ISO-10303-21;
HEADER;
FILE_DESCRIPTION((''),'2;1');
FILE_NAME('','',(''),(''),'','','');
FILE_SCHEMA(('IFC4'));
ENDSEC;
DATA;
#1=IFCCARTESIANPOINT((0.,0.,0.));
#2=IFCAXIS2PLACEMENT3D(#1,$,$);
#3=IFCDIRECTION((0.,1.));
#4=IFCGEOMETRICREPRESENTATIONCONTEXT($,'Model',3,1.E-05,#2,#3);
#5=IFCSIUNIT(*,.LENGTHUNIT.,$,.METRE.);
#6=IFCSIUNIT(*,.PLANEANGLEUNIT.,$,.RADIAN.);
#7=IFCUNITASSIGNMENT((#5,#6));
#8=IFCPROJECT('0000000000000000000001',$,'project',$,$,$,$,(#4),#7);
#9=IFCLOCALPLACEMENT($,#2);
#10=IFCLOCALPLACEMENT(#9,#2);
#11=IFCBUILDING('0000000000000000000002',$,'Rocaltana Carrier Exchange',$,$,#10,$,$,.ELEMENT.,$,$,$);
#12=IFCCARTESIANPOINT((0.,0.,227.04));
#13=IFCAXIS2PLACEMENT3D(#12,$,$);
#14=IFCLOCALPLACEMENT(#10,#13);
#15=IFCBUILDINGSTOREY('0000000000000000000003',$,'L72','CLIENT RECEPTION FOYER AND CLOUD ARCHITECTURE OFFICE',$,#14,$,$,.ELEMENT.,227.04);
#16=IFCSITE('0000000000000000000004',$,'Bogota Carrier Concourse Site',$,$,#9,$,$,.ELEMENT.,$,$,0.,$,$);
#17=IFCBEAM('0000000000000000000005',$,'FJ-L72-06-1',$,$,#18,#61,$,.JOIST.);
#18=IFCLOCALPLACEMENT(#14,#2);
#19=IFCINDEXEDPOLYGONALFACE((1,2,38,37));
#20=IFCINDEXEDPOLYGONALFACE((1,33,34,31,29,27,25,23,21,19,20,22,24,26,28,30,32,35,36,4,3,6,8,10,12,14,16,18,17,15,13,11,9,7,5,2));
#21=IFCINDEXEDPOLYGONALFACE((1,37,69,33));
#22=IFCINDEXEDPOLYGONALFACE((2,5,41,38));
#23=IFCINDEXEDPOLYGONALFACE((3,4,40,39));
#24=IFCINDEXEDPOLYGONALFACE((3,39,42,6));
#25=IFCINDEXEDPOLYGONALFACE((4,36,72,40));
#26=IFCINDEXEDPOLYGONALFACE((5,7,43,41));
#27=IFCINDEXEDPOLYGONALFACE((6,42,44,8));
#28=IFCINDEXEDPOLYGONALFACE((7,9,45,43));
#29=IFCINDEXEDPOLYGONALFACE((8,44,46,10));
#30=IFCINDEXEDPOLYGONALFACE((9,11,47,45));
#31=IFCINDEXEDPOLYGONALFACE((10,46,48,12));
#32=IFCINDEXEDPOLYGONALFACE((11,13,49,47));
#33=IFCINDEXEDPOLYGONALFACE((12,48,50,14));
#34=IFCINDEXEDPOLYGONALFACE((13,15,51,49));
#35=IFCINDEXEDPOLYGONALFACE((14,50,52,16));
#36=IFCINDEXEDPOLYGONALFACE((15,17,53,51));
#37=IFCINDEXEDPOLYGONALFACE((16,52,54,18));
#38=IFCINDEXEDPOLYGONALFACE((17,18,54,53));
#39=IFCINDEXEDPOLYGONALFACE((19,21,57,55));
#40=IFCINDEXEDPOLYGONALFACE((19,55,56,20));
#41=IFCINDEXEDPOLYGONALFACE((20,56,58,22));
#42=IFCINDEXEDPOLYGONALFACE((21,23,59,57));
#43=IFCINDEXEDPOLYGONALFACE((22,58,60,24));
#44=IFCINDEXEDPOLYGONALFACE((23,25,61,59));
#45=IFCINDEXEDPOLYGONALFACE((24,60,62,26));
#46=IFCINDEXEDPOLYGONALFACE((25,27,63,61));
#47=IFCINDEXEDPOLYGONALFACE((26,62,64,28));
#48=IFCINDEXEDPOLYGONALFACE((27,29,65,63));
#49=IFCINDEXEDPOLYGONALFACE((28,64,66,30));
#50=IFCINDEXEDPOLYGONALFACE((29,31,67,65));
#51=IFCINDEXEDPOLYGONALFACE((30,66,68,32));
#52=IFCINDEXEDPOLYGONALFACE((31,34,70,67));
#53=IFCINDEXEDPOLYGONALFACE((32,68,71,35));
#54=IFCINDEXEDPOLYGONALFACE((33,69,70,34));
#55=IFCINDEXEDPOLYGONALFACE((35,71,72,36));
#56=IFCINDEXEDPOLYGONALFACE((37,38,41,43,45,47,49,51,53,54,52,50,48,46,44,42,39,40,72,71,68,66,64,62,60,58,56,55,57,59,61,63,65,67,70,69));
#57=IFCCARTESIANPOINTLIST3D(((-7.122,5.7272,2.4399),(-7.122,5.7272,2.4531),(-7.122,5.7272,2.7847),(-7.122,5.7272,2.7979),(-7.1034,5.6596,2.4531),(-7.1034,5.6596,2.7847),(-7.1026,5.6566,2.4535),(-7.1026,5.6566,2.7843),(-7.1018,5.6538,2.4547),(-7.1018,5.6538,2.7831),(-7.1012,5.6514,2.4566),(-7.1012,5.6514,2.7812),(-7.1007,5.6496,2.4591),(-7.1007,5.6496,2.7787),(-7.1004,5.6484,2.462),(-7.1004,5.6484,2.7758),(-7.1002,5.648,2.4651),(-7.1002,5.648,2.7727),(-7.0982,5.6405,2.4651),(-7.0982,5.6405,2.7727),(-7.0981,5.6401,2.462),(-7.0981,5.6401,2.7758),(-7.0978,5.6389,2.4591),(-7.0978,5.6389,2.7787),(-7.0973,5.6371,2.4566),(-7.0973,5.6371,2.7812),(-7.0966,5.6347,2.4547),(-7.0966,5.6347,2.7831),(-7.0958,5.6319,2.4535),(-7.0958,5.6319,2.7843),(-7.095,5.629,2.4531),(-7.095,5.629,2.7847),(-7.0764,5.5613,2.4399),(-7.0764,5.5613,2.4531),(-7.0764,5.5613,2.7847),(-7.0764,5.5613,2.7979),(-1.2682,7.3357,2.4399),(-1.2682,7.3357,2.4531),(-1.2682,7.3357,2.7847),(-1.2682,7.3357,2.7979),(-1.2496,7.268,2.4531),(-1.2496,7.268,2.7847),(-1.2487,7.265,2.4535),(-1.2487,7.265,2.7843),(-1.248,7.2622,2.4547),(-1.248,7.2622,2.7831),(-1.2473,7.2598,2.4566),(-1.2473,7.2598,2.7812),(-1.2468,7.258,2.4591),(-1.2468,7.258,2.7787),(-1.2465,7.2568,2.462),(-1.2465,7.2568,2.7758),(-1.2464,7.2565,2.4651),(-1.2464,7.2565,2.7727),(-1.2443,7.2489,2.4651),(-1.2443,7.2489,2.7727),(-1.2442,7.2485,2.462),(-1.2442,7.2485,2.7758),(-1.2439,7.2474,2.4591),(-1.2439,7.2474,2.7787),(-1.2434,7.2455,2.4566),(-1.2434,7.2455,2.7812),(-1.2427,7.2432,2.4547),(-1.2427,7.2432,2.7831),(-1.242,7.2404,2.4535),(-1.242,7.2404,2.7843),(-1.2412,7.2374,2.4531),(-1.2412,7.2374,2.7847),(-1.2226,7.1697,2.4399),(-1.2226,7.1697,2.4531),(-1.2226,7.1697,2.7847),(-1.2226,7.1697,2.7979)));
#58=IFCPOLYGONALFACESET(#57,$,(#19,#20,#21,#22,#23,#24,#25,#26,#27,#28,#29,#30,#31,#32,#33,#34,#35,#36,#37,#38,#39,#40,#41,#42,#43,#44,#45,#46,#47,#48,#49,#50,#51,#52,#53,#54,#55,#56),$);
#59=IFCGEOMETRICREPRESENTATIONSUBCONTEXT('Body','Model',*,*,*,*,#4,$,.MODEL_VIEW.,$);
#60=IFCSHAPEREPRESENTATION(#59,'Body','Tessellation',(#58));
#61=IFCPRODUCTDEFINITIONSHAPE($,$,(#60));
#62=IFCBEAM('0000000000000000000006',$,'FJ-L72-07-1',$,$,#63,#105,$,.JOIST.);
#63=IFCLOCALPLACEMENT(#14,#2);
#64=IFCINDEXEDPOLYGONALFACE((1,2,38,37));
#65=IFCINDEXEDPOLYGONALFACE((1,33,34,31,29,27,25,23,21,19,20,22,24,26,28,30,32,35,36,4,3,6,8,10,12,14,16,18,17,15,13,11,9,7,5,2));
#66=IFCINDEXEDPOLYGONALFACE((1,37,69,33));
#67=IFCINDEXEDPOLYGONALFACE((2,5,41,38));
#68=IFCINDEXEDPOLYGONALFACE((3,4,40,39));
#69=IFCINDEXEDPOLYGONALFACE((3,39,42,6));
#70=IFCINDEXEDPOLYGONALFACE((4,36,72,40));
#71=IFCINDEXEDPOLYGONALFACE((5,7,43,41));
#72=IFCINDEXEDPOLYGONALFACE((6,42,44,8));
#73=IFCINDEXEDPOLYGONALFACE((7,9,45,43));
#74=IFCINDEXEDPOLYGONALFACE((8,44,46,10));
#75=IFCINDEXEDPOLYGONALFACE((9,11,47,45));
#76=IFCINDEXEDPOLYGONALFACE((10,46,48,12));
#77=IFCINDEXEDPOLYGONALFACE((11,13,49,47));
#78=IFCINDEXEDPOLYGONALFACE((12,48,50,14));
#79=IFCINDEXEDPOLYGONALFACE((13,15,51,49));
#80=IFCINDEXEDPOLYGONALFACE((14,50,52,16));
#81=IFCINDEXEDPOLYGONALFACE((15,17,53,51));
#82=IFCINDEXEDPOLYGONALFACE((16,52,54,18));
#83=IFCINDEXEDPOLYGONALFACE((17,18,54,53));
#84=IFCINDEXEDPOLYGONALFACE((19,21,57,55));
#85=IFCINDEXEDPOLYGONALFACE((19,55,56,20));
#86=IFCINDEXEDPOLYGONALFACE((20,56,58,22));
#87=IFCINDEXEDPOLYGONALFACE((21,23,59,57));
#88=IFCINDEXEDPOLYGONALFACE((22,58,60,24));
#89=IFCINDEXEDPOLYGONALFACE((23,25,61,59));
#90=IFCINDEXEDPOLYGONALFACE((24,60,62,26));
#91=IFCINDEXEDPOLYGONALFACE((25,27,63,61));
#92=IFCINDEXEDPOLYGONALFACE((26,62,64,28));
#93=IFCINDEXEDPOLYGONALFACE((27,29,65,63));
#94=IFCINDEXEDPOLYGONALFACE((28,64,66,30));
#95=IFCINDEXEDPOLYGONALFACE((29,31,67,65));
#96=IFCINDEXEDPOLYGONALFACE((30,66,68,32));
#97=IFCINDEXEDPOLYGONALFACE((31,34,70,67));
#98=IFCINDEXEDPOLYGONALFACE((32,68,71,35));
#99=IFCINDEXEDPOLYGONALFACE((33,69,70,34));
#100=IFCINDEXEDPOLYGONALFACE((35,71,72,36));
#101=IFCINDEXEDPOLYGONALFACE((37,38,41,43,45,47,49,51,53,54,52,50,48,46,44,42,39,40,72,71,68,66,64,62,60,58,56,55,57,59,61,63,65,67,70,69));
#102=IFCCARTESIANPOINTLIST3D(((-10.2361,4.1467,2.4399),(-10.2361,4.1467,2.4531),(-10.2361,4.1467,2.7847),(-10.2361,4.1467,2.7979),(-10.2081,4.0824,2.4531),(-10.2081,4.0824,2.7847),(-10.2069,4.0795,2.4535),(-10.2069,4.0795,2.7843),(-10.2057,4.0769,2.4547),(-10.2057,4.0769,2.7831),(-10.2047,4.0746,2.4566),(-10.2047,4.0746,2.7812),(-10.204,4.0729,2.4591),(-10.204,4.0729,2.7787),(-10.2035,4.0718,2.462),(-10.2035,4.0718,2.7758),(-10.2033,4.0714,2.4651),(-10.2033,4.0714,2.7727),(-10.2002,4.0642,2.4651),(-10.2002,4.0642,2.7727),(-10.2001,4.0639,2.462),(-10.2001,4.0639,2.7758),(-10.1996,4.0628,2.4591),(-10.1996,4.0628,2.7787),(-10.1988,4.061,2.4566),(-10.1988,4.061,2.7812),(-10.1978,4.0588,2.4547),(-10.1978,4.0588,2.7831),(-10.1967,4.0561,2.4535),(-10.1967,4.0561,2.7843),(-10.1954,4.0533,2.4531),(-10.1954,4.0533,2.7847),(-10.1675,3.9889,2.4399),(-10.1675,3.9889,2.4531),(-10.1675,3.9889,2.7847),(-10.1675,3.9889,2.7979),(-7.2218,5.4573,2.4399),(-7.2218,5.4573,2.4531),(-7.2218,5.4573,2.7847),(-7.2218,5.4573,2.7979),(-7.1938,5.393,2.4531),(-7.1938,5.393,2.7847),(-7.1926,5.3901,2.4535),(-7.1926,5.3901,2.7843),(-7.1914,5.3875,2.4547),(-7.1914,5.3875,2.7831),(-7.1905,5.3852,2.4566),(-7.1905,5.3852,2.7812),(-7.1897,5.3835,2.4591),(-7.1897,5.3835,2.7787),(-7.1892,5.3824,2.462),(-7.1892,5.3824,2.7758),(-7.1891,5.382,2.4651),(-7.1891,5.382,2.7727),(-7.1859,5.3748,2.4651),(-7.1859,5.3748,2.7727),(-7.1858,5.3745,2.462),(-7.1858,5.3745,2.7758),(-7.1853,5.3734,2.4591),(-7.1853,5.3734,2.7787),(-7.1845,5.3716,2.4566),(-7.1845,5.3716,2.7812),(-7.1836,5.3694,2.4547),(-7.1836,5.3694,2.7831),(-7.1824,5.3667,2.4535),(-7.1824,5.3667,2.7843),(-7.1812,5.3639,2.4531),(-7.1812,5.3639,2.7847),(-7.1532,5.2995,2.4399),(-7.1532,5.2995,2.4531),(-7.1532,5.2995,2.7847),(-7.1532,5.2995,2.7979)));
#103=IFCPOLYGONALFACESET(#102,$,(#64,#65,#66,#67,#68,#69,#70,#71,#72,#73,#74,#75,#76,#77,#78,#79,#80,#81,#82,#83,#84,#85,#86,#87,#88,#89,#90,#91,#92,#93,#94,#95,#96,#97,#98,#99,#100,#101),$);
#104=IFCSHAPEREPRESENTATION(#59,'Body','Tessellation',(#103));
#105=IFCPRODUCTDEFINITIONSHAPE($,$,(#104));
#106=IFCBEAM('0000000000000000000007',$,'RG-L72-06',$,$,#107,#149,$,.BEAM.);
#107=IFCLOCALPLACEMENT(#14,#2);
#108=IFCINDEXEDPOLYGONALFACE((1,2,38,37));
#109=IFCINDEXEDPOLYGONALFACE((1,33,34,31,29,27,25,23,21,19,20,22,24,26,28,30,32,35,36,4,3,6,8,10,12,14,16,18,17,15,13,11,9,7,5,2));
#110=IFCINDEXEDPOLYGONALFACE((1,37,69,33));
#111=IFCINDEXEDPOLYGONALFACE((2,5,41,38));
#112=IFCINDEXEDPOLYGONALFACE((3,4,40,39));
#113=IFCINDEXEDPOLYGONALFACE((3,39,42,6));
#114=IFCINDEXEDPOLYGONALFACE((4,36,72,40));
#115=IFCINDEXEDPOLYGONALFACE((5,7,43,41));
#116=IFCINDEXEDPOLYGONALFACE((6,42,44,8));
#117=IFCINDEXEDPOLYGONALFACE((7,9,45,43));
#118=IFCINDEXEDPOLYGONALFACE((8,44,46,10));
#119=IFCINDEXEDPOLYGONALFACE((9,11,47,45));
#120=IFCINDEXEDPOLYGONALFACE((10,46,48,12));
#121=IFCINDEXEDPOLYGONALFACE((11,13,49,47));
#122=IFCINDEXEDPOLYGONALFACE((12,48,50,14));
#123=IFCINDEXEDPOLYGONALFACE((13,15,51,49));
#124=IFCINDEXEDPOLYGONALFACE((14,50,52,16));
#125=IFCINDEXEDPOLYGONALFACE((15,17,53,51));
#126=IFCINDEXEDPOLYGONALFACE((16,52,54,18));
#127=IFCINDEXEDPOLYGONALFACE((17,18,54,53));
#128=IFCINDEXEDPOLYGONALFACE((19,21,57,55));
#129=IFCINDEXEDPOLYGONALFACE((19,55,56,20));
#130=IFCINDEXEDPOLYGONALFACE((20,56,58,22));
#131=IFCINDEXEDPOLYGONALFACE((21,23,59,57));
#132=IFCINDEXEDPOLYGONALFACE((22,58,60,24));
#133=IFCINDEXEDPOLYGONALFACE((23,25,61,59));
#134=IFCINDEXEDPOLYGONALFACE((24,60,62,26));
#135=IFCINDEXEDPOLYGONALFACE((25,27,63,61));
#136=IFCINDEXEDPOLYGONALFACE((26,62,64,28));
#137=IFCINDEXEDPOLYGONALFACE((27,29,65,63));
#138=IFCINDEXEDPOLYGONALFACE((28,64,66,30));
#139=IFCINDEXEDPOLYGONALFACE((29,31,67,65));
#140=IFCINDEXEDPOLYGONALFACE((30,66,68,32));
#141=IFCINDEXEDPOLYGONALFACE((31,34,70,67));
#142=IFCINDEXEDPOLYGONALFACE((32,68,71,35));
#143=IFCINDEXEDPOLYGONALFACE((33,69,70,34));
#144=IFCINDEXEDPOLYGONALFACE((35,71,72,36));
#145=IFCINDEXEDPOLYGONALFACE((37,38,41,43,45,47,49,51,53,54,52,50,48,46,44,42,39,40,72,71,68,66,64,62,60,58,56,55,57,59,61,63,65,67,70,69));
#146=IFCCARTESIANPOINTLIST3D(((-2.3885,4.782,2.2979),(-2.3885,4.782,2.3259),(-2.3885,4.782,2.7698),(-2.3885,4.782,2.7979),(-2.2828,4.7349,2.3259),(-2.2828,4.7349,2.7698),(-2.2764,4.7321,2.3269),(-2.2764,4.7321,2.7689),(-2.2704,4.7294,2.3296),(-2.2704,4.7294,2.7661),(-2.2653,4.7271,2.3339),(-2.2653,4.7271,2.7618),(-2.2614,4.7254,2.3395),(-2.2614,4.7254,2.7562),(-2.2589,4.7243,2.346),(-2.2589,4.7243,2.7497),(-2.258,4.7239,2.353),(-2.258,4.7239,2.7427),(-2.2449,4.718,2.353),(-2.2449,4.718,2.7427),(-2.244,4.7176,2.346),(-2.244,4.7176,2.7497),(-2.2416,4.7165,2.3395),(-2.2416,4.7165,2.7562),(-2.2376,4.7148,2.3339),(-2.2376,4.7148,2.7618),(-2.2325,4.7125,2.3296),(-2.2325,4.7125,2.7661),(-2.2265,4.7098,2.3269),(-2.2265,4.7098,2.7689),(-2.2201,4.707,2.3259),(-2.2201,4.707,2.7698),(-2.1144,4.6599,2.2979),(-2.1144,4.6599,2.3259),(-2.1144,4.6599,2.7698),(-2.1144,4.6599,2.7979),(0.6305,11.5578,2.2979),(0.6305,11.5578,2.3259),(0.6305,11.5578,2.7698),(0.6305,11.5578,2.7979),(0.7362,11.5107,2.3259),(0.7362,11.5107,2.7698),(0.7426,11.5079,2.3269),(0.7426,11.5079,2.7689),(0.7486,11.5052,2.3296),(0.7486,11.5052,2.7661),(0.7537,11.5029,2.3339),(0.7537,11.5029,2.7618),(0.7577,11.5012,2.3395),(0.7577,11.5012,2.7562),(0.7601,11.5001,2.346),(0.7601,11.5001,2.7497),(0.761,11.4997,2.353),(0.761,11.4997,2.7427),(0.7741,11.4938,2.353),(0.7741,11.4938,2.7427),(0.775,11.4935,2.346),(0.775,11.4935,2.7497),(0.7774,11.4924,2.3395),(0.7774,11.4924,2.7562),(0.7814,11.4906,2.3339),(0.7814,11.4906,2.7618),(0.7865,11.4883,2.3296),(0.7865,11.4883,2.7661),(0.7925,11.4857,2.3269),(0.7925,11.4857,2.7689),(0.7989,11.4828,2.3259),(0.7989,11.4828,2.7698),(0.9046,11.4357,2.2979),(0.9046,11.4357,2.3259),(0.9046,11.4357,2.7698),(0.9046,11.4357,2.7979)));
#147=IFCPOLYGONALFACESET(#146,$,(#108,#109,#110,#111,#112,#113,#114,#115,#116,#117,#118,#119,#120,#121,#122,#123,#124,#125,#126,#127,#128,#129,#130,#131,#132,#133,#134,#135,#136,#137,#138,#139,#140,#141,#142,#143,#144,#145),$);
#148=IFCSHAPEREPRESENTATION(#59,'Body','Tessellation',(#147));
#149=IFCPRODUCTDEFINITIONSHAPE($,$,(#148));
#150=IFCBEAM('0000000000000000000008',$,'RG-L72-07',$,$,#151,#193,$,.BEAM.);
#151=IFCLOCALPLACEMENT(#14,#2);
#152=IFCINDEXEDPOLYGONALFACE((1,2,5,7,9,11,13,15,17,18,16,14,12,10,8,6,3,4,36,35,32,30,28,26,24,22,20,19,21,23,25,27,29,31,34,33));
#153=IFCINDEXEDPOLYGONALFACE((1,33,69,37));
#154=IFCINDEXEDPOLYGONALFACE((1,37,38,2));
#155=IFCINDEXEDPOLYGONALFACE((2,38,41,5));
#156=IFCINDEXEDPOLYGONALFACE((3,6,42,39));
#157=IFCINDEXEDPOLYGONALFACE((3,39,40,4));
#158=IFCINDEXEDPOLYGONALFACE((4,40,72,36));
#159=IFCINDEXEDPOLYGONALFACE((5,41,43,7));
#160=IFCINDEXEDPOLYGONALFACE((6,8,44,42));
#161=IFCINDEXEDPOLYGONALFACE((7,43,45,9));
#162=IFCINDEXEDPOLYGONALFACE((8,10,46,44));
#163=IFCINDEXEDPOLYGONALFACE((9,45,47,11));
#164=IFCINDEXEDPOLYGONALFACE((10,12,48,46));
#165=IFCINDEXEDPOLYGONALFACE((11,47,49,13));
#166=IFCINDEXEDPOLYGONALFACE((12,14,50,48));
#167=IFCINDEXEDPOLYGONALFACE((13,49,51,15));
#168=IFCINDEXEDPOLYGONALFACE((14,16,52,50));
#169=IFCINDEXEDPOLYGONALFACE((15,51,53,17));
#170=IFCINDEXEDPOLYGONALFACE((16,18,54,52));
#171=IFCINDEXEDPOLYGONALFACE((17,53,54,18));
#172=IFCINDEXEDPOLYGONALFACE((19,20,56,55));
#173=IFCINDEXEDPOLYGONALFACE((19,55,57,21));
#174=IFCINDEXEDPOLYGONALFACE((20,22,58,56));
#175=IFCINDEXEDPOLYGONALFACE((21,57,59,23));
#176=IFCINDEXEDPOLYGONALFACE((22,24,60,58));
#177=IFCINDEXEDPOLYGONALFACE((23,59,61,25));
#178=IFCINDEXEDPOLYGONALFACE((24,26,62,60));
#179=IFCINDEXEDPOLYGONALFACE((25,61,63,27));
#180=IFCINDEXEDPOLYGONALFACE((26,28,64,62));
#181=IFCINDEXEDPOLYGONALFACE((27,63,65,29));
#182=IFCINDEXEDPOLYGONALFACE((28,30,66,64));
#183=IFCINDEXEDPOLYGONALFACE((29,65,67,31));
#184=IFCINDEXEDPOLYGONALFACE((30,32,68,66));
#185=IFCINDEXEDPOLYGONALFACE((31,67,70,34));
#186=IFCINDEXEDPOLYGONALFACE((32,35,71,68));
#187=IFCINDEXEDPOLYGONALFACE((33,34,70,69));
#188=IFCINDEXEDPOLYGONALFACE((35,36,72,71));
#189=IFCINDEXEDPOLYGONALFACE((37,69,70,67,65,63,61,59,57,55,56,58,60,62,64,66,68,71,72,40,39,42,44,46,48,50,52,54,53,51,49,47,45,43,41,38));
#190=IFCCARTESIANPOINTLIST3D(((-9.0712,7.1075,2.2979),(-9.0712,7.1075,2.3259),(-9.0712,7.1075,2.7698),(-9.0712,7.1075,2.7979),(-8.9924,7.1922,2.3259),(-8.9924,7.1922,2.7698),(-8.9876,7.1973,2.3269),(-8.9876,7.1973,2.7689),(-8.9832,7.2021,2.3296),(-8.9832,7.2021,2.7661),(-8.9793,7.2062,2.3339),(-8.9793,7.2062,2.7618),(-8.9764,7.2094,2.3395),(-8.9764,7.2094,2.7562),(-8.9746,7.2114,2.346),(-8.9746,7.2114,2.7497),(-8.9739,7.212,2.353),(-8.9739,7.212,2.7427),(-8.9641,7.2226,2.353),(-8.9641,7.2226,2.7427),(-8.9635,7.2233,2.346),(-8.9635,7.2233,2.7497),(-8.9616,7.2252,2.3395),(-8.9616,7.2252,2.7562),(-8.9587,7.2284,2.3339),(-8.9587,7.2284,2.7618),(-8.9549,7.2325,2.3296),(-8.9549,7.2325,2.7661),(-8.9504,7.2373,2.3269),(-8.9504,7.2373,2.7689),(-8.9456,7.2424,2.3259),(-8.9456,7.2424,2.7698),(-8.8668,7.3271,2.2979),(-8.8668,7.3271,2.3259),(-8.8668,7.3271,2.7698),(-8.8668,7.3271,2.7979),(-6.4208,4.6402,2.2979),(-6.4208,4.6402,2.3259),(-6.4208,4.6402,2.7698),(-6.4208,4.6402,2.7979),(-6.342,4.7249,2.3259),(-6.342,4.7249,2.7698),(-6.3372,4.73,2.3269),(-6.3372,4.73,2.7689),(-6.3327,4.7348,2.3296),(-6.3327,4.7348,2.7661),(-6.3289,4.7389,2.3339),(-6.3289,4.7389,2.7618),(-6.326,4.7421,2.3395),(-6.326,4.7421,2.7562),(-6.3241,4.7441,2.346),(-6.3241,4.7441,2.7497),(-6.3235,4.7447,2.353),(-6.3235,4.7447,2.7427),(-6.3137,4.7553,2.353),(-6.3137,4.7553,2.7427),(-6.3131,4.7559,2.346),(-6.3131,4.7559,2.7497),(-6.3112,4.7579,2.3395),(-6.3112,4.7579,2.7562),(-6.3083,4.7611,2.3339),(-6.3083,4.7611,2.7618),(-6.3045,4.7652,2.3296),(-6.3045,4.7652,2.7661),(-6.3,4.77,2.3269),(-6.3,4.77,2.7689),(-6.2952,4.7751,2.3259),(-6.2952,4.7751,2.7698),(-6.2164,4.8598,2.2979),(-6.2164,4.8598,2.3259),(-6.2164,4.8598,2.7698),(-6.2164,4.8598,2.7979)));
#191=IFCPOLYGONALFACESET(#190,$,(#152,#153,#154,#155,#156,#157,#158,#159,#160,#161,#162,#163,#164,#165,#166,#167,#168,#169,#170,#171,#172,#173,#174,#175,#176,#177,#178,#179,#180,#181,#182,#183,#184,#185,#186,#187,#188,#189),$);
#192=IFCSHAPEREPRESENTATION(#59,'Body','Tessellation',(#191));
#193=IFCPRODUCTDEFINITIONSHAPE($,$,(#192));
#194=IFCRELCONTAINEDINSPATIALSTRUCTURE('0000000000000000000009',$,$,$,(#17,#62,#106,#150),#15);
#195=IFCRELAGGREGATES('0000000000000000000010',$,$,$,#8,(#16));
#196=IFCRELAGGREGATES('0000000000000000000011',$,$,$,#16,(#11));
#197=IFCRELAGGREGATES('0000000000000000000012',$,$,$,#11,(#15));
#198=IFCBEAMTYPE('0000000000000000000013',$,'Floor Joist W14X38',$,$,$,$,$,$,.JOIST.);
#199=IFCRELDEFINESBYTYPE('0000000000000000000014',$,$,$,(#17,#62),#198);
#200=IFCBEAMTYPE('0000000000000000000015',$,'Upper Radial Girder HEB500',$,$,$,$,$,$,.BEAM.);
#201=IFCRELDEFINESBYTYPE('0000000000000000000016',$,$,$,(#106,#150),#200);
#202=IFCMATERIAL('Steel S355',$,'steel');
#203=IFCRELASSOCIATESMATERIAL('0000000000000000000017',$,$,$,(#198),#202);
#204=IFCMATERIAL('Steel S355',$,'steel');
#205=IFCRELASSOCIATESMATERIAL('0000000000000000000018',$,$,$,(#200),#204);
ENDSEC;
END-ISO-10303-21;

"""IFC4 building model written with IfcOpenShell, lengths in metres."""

from ifc_helpers import new_model, si_unit, direction, frame, origin, origin_2d, place, context, subcontext, project, spatial, i_section, extrude, material, material_profile, profile_set, type_object, element, save


model = new_model("IFC4")

# Units and contexts
model_context = context("Model", 3, precision=1e-05, world=origin(), true_north=direction((0.0, 1.0)))
body_context = subcontext(model_context, "Body", "Model", "MODEL_VIEW")
ifc_project = project(units=[si_unit("LENGTHUNIT", "METRE"), si_unit("PLANEANGLEUNIT", "RADIAN")], contexts=[model_context])

# Site, building, storey
site_placement = place(None, origin())
site = spatial("IfcSite", under=ifc_project, at=site_placement, Name="Bogota Carrier Concourse Site", CompositionType="ELEMENT", RefElevation=0.0)
building_placement = place(site_placement, origin())
building = spatial("IfcBuilding", under=site, at=building_placement, Name="Rocaltana Carrier Exchange", CompositionType="ELEMENT")
storey_placement = place(building_placement, frame((0.0, 0.0, 227.04)))
storey = spatial("IfcBuildingStorey", under=building, at=storey_placement, Name="L72", Description="CLIENT RECEPTION FOYER AND CLOUD ARCHITECTURE OFFICE", CompositionType="ELEMENT", Elevation=227.04)

# Beams
ifc_material_1 = material(Name="Steel S355", Category="steel")
ifc_material_profile_1 = material_profile(ifc_material_1, i_section(OverallWidth=0.1721, OverallDepth=0.3579, WebThickness=0.0078, FlangeThickness=0.0132, FilletRadius=0.012, at=origin_2d()), Name="W14X38")
ifc_profile_set_1 = profile_set([ifc_material_profile_1], Name="Steel S355")
beam_type_1 = type_object("IfcBeamType", Name="Floor Joist W14X38", PredefinedType="JOIST", material=ifc_profile_set_1)
beam_1_placement = place(storey_placement, frame((-1.2454, 7.2527, 2.6189), z_axis=(-0.964264, -0.264944, 0.0), x_axis=(0.264944, -0.964264, 0.0)))
element("IfcBeam", 1, at=beam_1_placement, inside=storey, type_object=beam_type_1, Name="FJ-L72-06-1", PredefinedType="JOIST", context=body_context, shape_type="SweptSolid", body=[
    extrude(i_section(OverallWidth=0.1721, OverallDepth=0.3579, WebThickness=0.0078, FlangeThickness=0.0132, FilletRadius=0.012, at=origin_2d()), origin(), (0.0, 0.0, 1.0), 6.0708),
])
beam_2_placement = place(storey_placement, frame((-7.1875, 5.3784, 2.6189), z_axis=(-0.917065, -0.398737, 0.0), x_axis=(0.398737, -0.917065, 0.0)))
element("IfcBeam", 2, at=beam_2_placement, inside=storey, type_object=beam_type_1, Name="FJ-L72-07-1", PredefinedType="JOIST", context=body_context, shape_type="SweptSolid", body=[
    extrude(i_section(OverallWidth=0.1721, OverallDepth=0.3579, WebThickness=0.0078, FlangeThickness=0.0132, FilletRadius=0.012, at=origin_2d()), origin(), (0.0, 0.0, 1.0), 3.2869),
])
ifc_material_2 = material(Name="Steel S355", Category="steel")
ifc_material_profile_2 = material_profile(ifc_material_2, i_section(OverallWidth=0.3, OverallDepth=0.5, WebThickness=0.0144, FlangeThickness=0.0281, FilletRadius=0.0271, at=origin_2d()), Name="HEB500")
ifc_profile_set_2 = profile_set([ifc_material_profile_2], Name="Steel S355")
beam_type_2 = type_object("IfcBeamType", Name="Upper Radial Girder HEB500", PredefinedType="BEAM", material=ifc_profile_set_2)
beam_3_placement = place(storey_placement, frame((-2.2515, 4.7209, 2.5479), z_axis=(0.406987, 0.913434, 0.0), x_axis=(-0.913434, 0.406987, 0.0)))
element("IfcBeam", 3, at=beam_3_placement, inside=storey, type_object=beam_type_2, Name="RG-L72-06", PredefinedType="BEAM", context=body_context, shape_type="SweptSolid", body=[
    extrude(i_section(OverallWidth=0.3, OverallDepth=0.5, WebThickness=0.0144, FlangeThickness=0.0281, FilletRadius=0.0271, at=origin_2d()), origin(), (0.0, 0.0, 1.0), 7.418),
])
beam_4_placement = place(storey_placement, frame((-6.3186, 4.75, 2.5479), z_axis=(-0.731938, 0.681371, 0.0), x_axis=(-0.681371, -0.731938, 0.0)))
element("IfcBeam", 4, at=beam_4_placement, inside=storey, type_object=beam_type_2, Name="RG-L72-07", PredefinedType="BEAM", context=body_context, shape_type="SweptSolid", body=[
    extrude(i_section(OverallWidth=0.3, OverallDepth=0.5, WebThickness=0.0144, FlangeThickness=0.0281, FilletRadius=0.0271, at=origin_2d()), origin(), (0.0, 0.0, 1.0), 3.6211),
])

save(model, "model.ifc")
